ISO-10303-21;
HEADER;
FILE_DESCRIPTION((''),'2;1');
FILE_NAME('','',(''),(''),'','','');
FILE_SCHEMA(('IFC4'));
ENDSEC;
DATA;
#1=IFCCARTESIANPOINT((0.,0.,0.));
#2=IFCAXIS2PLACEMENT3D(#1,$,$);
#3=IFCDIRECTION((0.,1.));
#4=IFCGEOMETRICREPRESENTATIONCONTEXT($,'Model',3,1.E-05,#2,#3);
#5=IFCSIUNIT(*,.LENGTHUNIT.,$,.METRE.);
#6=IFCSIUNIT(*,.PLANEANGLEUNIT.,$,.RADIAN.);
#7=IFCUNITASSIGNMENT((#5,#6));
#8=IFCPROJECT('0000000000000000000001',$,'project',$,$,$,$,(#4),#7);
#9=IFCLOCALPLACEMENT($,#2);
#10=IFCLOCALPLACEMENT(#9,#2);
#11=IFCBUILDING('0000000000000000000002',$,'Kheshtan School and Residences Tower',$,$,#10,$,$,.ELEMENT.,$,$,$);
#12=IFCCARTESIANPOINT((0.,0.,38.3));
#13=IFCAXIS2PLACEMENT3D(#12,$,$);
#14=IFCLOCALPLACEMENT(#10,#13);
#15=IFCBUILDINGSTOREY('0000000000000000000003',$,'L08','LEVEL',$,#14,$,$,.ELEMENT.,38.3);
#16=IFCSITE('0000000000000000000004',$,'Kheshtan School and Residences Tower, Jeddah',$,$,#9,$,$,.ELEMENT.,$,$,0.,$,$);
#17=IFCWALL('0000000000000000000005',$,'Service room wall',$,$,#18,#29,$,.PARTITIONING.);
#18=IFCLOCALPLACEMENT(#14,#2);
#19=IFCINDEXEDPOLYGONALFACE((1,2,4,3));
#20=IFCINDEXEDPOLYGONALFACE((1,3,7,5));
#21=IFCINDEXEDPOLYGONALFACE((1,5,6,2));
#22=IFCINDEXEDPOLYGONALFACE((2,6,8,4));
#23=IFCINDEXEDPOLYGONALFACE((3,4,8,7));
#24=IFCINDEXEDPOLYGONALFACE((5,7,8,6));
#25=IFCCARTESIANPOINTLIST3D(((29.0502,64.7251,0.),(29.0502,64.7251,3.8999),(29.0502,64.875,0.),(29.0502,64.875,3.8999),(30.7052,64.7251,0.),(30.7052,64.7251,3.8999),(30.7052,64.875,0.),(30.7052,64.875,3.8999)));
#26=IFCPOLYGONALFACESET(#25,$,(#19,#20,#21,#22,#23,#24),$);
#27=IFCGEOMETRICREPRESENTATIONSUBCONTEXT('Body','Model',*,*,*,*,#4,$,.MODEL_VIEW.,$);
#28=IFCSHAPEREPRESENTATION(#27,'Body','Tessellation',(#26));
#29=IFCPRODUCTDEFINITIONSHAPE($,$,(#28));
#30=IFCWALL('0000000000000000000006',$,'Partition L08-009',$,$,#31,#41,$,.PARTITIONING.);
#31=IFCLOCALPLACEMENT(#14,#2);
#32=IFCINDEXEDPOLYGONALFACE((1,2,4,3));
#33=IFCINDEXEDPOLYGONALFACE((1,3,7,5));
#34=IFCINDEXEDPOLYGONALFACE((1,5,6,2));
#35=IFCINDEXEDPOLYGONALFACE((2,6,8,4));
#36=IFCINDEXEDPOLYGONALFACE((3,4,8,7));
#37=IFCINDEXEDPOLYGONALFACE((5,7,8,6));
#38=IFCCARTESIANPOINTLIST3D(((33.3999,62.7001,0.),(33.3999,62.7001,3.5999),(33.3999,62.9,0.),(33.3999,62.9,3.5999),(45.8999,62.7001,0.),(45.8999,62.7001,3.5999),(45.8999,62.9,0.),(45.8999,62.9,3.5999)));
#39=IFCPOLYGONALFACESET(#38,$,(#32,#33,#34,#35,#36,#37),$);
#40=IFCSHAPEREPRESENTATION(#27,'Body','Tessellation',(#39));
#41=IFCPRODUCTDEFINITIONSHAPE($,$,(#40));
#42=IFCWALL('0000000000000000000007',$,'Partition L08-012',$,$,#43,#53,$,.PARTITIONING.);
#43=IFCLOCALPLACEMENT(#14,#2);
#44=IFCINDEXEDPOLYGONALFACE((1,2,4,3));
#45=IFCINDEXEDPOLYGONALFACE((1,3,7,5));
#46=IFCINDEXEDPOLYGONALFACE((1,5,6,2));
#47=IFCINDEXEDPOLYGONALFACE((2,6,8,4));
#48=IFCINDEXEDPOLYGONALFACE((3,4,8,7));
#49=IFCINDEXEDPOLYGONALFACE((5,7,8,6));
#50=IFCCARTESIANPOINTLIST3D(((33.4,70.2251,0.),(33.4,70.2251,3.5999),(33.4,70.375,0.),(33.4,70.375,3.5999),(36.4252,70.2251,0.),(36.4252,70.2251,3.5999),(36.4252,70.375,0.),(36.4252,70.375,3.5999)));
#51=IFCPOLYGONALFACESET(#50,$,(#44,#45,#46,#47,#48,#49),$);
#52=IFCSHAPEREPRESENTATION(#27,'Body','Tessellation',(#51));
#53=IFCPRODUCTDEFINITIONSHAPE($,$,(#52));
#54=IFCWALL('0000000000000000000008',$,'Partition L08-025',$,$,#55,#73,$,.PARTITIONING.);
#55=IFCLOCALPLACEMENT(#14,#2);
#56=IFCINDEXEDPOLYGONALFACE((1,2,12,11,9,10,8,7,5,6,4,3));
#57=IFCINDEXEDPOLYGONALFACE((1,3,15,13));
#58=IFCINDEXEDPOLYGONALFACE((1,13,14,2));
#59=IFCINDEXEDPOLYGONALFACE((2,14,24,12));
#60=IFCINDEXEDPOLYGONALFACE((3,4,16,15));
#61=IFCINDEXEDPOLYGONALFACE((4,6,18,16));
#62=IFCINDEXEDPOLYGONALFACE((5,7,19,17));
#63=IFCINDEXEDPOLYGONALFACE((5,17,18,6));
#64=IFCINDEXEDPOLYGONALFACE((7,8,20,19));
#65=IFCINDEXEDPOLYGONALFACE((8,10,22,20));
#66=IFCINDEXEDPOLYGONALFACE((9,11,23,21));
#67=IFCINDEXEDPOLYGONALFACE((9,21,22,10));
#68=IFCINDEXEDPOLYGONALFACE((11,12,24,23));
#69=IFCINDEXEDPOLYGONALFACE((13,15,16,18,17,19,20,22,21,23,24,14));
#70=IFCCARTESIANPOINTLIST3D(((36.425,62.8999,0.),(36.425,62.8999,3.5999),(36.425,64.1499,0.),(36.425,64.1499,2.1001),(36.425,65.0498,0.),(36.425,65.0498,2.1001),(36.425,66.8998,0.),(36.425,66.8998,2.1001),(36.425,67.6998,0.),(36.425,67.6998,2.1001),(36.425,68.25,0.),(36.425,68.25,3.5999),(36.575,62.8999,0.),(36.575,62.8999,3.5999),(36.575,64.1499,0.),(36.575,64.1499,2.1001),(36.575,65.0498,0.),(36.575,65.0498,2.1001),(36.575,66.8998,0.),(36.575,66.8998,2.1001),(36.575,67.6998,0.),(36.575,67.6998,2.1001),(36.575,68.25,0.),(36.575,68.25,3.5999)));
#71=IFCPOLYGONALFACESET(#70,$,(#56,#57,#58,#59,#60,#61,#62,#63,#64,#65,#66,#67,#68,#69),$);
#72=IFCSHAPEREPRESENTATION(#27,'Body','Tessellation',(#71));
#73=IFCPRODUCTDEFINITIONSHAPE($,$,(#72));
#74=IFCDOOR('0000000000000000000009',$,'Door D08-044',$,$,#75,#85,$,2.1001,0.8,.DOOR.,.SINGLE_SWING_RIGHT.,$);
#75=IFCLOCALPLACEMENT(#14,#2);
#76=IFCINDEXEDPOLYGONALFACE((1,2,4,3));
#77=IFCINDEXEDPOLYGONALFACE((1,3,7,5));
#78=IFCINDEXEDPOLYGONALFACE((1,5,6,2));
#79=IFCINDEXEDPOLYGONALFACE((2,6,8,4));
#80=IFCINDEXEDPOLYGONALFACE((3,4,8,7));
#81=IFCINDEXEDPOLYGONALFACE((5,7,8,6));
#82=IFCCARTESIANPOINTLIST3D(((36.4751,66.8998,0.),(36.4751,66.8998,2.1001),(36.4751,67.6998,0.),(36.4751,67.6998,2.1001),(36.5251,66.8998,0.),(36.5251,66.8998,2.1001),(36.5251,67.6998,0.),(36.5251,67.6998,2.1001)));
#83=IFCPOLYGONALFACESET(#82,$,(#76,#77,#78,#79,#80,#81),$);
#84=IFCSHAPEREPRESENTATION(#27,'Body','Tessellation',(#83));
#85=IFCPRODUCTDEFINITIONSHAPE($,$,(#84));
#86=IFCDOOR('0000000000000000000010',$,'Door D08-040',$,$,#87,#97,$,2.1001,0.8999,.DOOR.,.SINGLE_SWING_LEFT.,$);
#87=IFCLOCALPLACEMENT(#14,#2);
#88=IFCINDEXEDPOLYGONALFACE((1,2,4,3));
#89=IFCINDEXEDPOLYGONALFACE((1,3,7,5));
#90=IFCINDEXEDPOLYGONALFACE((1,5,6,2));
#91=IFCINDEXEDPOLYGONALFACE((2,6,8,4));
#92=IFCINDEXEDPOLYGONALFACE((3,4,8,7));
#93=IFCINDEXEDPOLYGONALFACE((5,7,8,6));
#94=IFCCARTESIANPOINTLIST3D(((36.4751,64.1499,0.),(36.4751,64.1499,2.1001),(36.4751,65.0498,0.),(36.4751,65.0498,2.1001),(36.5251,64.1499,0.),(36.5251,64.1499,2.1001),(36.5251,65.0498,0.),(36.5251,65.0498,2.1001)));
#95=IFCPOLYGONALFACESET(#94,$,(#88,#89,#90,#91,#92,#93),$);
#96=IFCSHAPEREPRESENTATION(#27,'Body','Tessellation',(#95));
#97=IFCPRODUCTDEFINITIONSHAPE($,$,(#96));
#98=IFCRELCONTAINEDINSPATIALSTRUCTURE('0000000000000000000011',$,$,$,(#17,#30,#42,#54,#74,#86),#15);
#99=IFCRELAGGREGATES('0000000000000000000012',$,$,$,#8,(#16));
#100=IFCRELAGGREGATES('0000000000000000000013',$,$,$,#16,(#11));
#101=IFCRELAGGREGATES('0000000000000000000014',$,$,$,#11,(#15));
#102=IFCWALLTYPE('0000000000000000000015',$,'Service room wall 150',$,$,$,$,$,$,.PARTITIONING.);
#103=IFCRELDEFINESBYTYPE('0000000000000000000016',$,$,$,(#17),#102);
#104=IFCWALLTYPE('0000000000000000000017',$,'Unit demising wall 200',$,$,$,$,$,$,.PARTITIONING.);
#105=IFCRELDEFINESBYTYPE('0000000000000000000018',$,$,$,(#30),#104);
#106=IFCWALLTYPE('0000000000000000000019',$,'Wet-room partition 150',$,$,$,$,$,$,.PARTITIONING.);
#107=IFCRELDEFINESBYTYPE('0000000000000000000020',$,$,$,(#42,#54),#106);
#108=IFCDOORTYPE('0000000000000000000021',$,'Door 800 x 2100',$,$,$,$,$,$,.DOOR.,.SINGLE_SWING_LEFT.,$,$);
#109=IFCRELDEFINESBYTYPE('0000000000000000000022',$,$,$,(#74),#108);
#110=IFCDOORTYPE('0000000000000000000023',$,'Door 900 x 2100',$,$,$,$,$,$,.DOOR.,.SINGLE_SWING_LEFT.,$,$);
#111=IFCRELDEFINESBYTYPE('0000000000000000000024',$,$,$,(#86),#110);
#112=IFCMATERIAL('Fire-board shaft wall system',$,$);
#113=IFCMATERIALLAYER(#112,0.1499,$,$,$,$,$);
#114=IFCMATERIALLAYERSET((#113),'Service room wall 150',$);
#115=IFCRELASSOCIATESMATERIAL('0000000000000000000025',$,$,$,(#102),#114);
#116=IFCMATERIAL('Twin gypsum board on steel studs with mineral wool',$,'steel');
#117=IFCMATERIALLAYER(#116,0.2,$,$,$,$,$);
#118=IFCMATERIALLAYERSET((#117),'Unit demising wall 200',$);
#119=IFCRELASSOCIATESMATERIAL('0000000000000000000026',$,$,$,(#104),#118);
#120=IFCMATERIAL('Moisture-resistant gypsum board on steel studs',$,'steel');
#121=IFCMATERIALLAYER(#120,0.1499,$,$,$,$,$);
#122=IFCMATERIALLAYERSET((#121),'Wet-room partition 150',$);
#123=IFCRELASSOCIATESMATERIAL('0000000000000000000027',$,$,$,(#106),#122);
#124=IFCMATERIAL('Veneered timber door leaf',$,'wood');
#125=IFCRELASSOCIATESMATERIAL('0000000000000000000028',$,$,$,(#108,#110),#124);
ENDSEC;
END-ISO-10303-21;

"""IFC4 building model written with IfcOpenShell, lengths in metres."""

from ifc_helpers import new_model, si_unit, direction, frame, frame_2d, origin, place, context, subcontext, project, spatial, rectangle, extrude, source, transform, mapped, material, layer, layer_set, type_object, element, fill, save


model = new_model("IFC4")

# Units and contexts
model_context = context("Model", 3, precision=1e-05, world=origin(), true_north=direction((0.0, 1.0)))
body_context = subcontext(model_context, "Body", "Model", "MODEL_VIEW")
ifc_project = project(units=[si_unit("LENGTHUNIT", "METRE"), si_unit("PLANEANGLEUNIT", "RADIAN")], contexts=[model_context])

# Site, building, storey
site_placement = place(None, origin())
site = spatial("IfcSite", under=ifc_project, at=site_placement, Name="Kheshtan School and Residences Tower, Jeddah", CompositionType="ELEMENT", RefElevation=0.0)
building_placement = place(site_placement, origin())
building = spatial("IfcBuilding", under=site, at=building_placement, Name="Kheshtan School and Residences Tower", CompositionType="ELEMENT")
storey_placement = place(building_placement, frame((0.0, 0.0, 38.3)))
storey = spatial("IfcBuildingStorey", under=building, at=storey_placement, Name="L08", Description="LEVEL", CompositionType="ELEMENT", Elevation=38.3)

# Walls
ifc_material_1 = material(Name="Fire-board shaft wall system")
ifc_layer_1 = layer(ifc_material_1, 0.1499)
ifc_layer_set_1 = layer_set([ifc_layer_1], Name="Service room wall 150")
wall_type_1 = type_object("IfcWallType", Name="Service room wall 150", PredefinedType="PARTITIONING", material=ifc_layer_set_1)
wall_1_placement = place(storey_placement, frame((29.05, 64.8, 0.0), z_axis=(0.0, 0.0, 1.0), x_axis=(1.0, 0.0, 0.0)))
element("IfcWall", 1, at=wall_1_placement, inside=storey, type_object=wall_type_1, Name="Service room wall", PredefinedType="PARTITIONING", context=body_context, shape_type="SweptSolid", body=[
    extrude(rectangle(XDim=1.655, YDim=0.1499, at=frame_2d((0.8276, 0.0))), origin(), (0.0, 0.0, 1.0), 3.8999),
])
ifc_material_2 = material(Name="Twin gypsum board on steel studs with mineral wool", Category="steel")
ifc_layer_2 = layer(ifc_material_2, 0.2)
ifc_layer_set_2 = layer_set([ifc_layer_2], Name="Unit demising wall 200")
wall_type_2 = type_object("IfcWallType", Name="Unit demising wall 200", PredefinedType="PARTITIONING", material=ifc_layer_set_2)
wall_2_placement = place(storey_placement, frame((33.3999, 62.8, 0.0), z_axis=(0.0, 0.0, 1.0), x_axis=(1.0, 0.0, 0.0)))
element("IfcWall", 2, at=wall_2_placement, inside=storey, type_object=wall_type_2, Name="Partition L08-009", PredefinedType="PARTITIONING", context=body_context, shape_type="SweptSolid", body=[
    extrude(rectangle(XDim=12.5, YDim=0.2, at=frame_2d((6.25, 0.0))), origin(), (0.0, 0.0, 1.0), 3.5999),
])
ifc_material_3 = material(Name="Moisture-resistant gypsum board on steel studs", Category="steel")
ifc_layer_3 = layer(ifc_material_3, 0.1499)
ifc_layer_set_3 = layer_set([ifc_layer_3], Name="Wet-room partition 150")
wall_type_3 = type_object("IfcWallType", Name="Wet-room partition 150", PredefinedType="PARTITIONING", material=ifc_layer_set_3)
wall_3_placement = place(storey_placement, frame((33.3999, 70.3, 0.0), z_axis=(0.0, 0.0, 1.0), x_axis=(1.0, 0.0, 0.0)))
element("IfcWall", 3, at=wall_3_placement, inside=storey, type_object=wall_type_3, Name="Partition L08-012", PredefinedType="PARTITIONING", context=body_context, shape_type="SweptSolid", body=[
    extrude(rectangle(XDim=3.0251, YDim=0.1499, at=frame_2d((1.5127, 0.0))), origin(), (0.0, 0.0, 1.0), 3.5999),
])

# Wall, openings, doors
wall_4_placement = place(storey_placement, frame((36.5, 62.8999, 0.0), z_axis=(0.0, 0.0, 1.0), x_axis=(0.0, 1.0, 0.0)))
wall_4 = element("IfcWall", 4, at=wall_4_placement, inside=storey, type_object=wall_type_3, Name="Partition L08-025", PredefinedType="PARTITIONING", context=body_context, shape_type="SweptSolid", body=[
    extrude(rectangle(XDim=5.3501, YDim=0.1499, at=frame_2d((2.675, 0.0))), origin(), (0.0, 0.0, 1.0), 3.5999),
])
opening_1_placement = place(wall_4_placement, frame((1.25, 0.0, 0.0)))
opening_1 = element("IfcOpeningElement", 5, at=opening_1_placement, cuts=wall_4, PredefinedType="OPENING", context=body_context, shape_type="SweptSolid", body=[
    extrude(rectangle(XDim=0.8999, YDim=2.1001, at=frame_2d((0.45, 1.05))), frame((0.0, 0.085, 0.0), z_axis=(0.0, -1.0, 0.0), x_axis=(1.0, 0.0, 0.0)), (0.0, 0.0, 1.0), 0.1699),
])
opening_2_placement = place(wall_4_placement, frame((4.0, 0.0, 0.0)))
opening_2 = element("IfcOpeningElement", 6, at=opening_2_placement, cuts=wall_4, PredefinedType="OPENING", context=body_context, shape_type="SweptSolid", body=[
    extrude(rectangle(XDim=0.8, YDim=2.1001, at=frame_2d((0.3999, 1.05))), frame((0.0, 0.085, 0.0), z_axis=(0.0, -1.0, 0.0), x_axis=(1.0, 0.0, 0.0)), (0.0, 0.0, 1.0), 0.1699),
])
ifc_material_4 = material(Name="Veneered timber door leaf", Category="wood")
door_type_1 = type_object("IfcDoorType", Name="Door 800 x 2100", OperationType="SINGLE_SWING_LEFT", PredefinedType="DOOR", material=ifc_material_4)
shared_shape_1 = source(origin(), body_context, "Body", "SweptSolid", [
    extrude(rectangle(XDim=0.8, YDim=2.1001, at=frame_2d((0.3999, 1.05))), frame((0.0, 0.0249, 0.0), z_axis=(0.0, -1.0, 0.0), x_axis=(1.0, 0.0, 0.0)), (0.0, 0.0, 1.0), 0.05),
])
door_1_placement = place(opening_2_placement, origin())
door_1 = element("IfcDoor", 7, at=door_1_placement, inside=storey, type_object=door_type_1, Name="Door D08-044", OperationType="SINGLE_SWING_RIGHT", OverallHeight=2.1001, OverallWidth=0.8, PredefinedType="DOOR", context=body_context, shape_type="MappedRepresentation", body=[
    mapped(shared_shape_1, transform((0.0, 0.0, 0.0), x_axis=(1.0, 0.0, 0.0), y_axis=(0.0, 1.0, 0.0), z_axis=(0.0, 0.0, 1.0), scale=1.0)),
])
fill(opening_2, door_1)
door_type_2 = type_object("IfcDoorType", Name="Door 900 x 2100", OperationType="SINGLE_SWING_LEFT", PredefinedType="DOOR", material=ifc_material_4)
shared_shape_2 = source(origin(), body_context, "Body", "SweptSolid", [
    extrude(rectangle(XDim=0.8999, YDim=2.1001, at=frame_2d((0.45, 1.05))), frame((0.0, 0.0249, 0.0), z_axis=(0.0, -1.0, 0.0), x_axis=(1.0, 0.0, 0.0)), (0.0, 0.0, 1.0), 0.05),
])
door_2_placement = place(opening_1_placement, origin())
door_2 = element("IfcDoor", 8, at=door_2_placement, inside=storey, type_object=door_type_2, Name="Door D08-040", OperationType="SINGLE_SWING_LEFT", OverallHeight=2.1001, OverallWidth=0.8999, PredefinedType="DOOR", context=body_context, shape_type="MappedRepresentation", body=[
    mapped(shared_shape_2, transform((0.0, 0.0, 0.0), x_axis=(1.0, 0.0, 0.0), y_axis=(0.0, 1.0, 0.0), z_axis=(0.0, 0.0, 1.0), scale=1.0)),
])
fill(opening_1, door_2)

save(model, "model.ifc")
